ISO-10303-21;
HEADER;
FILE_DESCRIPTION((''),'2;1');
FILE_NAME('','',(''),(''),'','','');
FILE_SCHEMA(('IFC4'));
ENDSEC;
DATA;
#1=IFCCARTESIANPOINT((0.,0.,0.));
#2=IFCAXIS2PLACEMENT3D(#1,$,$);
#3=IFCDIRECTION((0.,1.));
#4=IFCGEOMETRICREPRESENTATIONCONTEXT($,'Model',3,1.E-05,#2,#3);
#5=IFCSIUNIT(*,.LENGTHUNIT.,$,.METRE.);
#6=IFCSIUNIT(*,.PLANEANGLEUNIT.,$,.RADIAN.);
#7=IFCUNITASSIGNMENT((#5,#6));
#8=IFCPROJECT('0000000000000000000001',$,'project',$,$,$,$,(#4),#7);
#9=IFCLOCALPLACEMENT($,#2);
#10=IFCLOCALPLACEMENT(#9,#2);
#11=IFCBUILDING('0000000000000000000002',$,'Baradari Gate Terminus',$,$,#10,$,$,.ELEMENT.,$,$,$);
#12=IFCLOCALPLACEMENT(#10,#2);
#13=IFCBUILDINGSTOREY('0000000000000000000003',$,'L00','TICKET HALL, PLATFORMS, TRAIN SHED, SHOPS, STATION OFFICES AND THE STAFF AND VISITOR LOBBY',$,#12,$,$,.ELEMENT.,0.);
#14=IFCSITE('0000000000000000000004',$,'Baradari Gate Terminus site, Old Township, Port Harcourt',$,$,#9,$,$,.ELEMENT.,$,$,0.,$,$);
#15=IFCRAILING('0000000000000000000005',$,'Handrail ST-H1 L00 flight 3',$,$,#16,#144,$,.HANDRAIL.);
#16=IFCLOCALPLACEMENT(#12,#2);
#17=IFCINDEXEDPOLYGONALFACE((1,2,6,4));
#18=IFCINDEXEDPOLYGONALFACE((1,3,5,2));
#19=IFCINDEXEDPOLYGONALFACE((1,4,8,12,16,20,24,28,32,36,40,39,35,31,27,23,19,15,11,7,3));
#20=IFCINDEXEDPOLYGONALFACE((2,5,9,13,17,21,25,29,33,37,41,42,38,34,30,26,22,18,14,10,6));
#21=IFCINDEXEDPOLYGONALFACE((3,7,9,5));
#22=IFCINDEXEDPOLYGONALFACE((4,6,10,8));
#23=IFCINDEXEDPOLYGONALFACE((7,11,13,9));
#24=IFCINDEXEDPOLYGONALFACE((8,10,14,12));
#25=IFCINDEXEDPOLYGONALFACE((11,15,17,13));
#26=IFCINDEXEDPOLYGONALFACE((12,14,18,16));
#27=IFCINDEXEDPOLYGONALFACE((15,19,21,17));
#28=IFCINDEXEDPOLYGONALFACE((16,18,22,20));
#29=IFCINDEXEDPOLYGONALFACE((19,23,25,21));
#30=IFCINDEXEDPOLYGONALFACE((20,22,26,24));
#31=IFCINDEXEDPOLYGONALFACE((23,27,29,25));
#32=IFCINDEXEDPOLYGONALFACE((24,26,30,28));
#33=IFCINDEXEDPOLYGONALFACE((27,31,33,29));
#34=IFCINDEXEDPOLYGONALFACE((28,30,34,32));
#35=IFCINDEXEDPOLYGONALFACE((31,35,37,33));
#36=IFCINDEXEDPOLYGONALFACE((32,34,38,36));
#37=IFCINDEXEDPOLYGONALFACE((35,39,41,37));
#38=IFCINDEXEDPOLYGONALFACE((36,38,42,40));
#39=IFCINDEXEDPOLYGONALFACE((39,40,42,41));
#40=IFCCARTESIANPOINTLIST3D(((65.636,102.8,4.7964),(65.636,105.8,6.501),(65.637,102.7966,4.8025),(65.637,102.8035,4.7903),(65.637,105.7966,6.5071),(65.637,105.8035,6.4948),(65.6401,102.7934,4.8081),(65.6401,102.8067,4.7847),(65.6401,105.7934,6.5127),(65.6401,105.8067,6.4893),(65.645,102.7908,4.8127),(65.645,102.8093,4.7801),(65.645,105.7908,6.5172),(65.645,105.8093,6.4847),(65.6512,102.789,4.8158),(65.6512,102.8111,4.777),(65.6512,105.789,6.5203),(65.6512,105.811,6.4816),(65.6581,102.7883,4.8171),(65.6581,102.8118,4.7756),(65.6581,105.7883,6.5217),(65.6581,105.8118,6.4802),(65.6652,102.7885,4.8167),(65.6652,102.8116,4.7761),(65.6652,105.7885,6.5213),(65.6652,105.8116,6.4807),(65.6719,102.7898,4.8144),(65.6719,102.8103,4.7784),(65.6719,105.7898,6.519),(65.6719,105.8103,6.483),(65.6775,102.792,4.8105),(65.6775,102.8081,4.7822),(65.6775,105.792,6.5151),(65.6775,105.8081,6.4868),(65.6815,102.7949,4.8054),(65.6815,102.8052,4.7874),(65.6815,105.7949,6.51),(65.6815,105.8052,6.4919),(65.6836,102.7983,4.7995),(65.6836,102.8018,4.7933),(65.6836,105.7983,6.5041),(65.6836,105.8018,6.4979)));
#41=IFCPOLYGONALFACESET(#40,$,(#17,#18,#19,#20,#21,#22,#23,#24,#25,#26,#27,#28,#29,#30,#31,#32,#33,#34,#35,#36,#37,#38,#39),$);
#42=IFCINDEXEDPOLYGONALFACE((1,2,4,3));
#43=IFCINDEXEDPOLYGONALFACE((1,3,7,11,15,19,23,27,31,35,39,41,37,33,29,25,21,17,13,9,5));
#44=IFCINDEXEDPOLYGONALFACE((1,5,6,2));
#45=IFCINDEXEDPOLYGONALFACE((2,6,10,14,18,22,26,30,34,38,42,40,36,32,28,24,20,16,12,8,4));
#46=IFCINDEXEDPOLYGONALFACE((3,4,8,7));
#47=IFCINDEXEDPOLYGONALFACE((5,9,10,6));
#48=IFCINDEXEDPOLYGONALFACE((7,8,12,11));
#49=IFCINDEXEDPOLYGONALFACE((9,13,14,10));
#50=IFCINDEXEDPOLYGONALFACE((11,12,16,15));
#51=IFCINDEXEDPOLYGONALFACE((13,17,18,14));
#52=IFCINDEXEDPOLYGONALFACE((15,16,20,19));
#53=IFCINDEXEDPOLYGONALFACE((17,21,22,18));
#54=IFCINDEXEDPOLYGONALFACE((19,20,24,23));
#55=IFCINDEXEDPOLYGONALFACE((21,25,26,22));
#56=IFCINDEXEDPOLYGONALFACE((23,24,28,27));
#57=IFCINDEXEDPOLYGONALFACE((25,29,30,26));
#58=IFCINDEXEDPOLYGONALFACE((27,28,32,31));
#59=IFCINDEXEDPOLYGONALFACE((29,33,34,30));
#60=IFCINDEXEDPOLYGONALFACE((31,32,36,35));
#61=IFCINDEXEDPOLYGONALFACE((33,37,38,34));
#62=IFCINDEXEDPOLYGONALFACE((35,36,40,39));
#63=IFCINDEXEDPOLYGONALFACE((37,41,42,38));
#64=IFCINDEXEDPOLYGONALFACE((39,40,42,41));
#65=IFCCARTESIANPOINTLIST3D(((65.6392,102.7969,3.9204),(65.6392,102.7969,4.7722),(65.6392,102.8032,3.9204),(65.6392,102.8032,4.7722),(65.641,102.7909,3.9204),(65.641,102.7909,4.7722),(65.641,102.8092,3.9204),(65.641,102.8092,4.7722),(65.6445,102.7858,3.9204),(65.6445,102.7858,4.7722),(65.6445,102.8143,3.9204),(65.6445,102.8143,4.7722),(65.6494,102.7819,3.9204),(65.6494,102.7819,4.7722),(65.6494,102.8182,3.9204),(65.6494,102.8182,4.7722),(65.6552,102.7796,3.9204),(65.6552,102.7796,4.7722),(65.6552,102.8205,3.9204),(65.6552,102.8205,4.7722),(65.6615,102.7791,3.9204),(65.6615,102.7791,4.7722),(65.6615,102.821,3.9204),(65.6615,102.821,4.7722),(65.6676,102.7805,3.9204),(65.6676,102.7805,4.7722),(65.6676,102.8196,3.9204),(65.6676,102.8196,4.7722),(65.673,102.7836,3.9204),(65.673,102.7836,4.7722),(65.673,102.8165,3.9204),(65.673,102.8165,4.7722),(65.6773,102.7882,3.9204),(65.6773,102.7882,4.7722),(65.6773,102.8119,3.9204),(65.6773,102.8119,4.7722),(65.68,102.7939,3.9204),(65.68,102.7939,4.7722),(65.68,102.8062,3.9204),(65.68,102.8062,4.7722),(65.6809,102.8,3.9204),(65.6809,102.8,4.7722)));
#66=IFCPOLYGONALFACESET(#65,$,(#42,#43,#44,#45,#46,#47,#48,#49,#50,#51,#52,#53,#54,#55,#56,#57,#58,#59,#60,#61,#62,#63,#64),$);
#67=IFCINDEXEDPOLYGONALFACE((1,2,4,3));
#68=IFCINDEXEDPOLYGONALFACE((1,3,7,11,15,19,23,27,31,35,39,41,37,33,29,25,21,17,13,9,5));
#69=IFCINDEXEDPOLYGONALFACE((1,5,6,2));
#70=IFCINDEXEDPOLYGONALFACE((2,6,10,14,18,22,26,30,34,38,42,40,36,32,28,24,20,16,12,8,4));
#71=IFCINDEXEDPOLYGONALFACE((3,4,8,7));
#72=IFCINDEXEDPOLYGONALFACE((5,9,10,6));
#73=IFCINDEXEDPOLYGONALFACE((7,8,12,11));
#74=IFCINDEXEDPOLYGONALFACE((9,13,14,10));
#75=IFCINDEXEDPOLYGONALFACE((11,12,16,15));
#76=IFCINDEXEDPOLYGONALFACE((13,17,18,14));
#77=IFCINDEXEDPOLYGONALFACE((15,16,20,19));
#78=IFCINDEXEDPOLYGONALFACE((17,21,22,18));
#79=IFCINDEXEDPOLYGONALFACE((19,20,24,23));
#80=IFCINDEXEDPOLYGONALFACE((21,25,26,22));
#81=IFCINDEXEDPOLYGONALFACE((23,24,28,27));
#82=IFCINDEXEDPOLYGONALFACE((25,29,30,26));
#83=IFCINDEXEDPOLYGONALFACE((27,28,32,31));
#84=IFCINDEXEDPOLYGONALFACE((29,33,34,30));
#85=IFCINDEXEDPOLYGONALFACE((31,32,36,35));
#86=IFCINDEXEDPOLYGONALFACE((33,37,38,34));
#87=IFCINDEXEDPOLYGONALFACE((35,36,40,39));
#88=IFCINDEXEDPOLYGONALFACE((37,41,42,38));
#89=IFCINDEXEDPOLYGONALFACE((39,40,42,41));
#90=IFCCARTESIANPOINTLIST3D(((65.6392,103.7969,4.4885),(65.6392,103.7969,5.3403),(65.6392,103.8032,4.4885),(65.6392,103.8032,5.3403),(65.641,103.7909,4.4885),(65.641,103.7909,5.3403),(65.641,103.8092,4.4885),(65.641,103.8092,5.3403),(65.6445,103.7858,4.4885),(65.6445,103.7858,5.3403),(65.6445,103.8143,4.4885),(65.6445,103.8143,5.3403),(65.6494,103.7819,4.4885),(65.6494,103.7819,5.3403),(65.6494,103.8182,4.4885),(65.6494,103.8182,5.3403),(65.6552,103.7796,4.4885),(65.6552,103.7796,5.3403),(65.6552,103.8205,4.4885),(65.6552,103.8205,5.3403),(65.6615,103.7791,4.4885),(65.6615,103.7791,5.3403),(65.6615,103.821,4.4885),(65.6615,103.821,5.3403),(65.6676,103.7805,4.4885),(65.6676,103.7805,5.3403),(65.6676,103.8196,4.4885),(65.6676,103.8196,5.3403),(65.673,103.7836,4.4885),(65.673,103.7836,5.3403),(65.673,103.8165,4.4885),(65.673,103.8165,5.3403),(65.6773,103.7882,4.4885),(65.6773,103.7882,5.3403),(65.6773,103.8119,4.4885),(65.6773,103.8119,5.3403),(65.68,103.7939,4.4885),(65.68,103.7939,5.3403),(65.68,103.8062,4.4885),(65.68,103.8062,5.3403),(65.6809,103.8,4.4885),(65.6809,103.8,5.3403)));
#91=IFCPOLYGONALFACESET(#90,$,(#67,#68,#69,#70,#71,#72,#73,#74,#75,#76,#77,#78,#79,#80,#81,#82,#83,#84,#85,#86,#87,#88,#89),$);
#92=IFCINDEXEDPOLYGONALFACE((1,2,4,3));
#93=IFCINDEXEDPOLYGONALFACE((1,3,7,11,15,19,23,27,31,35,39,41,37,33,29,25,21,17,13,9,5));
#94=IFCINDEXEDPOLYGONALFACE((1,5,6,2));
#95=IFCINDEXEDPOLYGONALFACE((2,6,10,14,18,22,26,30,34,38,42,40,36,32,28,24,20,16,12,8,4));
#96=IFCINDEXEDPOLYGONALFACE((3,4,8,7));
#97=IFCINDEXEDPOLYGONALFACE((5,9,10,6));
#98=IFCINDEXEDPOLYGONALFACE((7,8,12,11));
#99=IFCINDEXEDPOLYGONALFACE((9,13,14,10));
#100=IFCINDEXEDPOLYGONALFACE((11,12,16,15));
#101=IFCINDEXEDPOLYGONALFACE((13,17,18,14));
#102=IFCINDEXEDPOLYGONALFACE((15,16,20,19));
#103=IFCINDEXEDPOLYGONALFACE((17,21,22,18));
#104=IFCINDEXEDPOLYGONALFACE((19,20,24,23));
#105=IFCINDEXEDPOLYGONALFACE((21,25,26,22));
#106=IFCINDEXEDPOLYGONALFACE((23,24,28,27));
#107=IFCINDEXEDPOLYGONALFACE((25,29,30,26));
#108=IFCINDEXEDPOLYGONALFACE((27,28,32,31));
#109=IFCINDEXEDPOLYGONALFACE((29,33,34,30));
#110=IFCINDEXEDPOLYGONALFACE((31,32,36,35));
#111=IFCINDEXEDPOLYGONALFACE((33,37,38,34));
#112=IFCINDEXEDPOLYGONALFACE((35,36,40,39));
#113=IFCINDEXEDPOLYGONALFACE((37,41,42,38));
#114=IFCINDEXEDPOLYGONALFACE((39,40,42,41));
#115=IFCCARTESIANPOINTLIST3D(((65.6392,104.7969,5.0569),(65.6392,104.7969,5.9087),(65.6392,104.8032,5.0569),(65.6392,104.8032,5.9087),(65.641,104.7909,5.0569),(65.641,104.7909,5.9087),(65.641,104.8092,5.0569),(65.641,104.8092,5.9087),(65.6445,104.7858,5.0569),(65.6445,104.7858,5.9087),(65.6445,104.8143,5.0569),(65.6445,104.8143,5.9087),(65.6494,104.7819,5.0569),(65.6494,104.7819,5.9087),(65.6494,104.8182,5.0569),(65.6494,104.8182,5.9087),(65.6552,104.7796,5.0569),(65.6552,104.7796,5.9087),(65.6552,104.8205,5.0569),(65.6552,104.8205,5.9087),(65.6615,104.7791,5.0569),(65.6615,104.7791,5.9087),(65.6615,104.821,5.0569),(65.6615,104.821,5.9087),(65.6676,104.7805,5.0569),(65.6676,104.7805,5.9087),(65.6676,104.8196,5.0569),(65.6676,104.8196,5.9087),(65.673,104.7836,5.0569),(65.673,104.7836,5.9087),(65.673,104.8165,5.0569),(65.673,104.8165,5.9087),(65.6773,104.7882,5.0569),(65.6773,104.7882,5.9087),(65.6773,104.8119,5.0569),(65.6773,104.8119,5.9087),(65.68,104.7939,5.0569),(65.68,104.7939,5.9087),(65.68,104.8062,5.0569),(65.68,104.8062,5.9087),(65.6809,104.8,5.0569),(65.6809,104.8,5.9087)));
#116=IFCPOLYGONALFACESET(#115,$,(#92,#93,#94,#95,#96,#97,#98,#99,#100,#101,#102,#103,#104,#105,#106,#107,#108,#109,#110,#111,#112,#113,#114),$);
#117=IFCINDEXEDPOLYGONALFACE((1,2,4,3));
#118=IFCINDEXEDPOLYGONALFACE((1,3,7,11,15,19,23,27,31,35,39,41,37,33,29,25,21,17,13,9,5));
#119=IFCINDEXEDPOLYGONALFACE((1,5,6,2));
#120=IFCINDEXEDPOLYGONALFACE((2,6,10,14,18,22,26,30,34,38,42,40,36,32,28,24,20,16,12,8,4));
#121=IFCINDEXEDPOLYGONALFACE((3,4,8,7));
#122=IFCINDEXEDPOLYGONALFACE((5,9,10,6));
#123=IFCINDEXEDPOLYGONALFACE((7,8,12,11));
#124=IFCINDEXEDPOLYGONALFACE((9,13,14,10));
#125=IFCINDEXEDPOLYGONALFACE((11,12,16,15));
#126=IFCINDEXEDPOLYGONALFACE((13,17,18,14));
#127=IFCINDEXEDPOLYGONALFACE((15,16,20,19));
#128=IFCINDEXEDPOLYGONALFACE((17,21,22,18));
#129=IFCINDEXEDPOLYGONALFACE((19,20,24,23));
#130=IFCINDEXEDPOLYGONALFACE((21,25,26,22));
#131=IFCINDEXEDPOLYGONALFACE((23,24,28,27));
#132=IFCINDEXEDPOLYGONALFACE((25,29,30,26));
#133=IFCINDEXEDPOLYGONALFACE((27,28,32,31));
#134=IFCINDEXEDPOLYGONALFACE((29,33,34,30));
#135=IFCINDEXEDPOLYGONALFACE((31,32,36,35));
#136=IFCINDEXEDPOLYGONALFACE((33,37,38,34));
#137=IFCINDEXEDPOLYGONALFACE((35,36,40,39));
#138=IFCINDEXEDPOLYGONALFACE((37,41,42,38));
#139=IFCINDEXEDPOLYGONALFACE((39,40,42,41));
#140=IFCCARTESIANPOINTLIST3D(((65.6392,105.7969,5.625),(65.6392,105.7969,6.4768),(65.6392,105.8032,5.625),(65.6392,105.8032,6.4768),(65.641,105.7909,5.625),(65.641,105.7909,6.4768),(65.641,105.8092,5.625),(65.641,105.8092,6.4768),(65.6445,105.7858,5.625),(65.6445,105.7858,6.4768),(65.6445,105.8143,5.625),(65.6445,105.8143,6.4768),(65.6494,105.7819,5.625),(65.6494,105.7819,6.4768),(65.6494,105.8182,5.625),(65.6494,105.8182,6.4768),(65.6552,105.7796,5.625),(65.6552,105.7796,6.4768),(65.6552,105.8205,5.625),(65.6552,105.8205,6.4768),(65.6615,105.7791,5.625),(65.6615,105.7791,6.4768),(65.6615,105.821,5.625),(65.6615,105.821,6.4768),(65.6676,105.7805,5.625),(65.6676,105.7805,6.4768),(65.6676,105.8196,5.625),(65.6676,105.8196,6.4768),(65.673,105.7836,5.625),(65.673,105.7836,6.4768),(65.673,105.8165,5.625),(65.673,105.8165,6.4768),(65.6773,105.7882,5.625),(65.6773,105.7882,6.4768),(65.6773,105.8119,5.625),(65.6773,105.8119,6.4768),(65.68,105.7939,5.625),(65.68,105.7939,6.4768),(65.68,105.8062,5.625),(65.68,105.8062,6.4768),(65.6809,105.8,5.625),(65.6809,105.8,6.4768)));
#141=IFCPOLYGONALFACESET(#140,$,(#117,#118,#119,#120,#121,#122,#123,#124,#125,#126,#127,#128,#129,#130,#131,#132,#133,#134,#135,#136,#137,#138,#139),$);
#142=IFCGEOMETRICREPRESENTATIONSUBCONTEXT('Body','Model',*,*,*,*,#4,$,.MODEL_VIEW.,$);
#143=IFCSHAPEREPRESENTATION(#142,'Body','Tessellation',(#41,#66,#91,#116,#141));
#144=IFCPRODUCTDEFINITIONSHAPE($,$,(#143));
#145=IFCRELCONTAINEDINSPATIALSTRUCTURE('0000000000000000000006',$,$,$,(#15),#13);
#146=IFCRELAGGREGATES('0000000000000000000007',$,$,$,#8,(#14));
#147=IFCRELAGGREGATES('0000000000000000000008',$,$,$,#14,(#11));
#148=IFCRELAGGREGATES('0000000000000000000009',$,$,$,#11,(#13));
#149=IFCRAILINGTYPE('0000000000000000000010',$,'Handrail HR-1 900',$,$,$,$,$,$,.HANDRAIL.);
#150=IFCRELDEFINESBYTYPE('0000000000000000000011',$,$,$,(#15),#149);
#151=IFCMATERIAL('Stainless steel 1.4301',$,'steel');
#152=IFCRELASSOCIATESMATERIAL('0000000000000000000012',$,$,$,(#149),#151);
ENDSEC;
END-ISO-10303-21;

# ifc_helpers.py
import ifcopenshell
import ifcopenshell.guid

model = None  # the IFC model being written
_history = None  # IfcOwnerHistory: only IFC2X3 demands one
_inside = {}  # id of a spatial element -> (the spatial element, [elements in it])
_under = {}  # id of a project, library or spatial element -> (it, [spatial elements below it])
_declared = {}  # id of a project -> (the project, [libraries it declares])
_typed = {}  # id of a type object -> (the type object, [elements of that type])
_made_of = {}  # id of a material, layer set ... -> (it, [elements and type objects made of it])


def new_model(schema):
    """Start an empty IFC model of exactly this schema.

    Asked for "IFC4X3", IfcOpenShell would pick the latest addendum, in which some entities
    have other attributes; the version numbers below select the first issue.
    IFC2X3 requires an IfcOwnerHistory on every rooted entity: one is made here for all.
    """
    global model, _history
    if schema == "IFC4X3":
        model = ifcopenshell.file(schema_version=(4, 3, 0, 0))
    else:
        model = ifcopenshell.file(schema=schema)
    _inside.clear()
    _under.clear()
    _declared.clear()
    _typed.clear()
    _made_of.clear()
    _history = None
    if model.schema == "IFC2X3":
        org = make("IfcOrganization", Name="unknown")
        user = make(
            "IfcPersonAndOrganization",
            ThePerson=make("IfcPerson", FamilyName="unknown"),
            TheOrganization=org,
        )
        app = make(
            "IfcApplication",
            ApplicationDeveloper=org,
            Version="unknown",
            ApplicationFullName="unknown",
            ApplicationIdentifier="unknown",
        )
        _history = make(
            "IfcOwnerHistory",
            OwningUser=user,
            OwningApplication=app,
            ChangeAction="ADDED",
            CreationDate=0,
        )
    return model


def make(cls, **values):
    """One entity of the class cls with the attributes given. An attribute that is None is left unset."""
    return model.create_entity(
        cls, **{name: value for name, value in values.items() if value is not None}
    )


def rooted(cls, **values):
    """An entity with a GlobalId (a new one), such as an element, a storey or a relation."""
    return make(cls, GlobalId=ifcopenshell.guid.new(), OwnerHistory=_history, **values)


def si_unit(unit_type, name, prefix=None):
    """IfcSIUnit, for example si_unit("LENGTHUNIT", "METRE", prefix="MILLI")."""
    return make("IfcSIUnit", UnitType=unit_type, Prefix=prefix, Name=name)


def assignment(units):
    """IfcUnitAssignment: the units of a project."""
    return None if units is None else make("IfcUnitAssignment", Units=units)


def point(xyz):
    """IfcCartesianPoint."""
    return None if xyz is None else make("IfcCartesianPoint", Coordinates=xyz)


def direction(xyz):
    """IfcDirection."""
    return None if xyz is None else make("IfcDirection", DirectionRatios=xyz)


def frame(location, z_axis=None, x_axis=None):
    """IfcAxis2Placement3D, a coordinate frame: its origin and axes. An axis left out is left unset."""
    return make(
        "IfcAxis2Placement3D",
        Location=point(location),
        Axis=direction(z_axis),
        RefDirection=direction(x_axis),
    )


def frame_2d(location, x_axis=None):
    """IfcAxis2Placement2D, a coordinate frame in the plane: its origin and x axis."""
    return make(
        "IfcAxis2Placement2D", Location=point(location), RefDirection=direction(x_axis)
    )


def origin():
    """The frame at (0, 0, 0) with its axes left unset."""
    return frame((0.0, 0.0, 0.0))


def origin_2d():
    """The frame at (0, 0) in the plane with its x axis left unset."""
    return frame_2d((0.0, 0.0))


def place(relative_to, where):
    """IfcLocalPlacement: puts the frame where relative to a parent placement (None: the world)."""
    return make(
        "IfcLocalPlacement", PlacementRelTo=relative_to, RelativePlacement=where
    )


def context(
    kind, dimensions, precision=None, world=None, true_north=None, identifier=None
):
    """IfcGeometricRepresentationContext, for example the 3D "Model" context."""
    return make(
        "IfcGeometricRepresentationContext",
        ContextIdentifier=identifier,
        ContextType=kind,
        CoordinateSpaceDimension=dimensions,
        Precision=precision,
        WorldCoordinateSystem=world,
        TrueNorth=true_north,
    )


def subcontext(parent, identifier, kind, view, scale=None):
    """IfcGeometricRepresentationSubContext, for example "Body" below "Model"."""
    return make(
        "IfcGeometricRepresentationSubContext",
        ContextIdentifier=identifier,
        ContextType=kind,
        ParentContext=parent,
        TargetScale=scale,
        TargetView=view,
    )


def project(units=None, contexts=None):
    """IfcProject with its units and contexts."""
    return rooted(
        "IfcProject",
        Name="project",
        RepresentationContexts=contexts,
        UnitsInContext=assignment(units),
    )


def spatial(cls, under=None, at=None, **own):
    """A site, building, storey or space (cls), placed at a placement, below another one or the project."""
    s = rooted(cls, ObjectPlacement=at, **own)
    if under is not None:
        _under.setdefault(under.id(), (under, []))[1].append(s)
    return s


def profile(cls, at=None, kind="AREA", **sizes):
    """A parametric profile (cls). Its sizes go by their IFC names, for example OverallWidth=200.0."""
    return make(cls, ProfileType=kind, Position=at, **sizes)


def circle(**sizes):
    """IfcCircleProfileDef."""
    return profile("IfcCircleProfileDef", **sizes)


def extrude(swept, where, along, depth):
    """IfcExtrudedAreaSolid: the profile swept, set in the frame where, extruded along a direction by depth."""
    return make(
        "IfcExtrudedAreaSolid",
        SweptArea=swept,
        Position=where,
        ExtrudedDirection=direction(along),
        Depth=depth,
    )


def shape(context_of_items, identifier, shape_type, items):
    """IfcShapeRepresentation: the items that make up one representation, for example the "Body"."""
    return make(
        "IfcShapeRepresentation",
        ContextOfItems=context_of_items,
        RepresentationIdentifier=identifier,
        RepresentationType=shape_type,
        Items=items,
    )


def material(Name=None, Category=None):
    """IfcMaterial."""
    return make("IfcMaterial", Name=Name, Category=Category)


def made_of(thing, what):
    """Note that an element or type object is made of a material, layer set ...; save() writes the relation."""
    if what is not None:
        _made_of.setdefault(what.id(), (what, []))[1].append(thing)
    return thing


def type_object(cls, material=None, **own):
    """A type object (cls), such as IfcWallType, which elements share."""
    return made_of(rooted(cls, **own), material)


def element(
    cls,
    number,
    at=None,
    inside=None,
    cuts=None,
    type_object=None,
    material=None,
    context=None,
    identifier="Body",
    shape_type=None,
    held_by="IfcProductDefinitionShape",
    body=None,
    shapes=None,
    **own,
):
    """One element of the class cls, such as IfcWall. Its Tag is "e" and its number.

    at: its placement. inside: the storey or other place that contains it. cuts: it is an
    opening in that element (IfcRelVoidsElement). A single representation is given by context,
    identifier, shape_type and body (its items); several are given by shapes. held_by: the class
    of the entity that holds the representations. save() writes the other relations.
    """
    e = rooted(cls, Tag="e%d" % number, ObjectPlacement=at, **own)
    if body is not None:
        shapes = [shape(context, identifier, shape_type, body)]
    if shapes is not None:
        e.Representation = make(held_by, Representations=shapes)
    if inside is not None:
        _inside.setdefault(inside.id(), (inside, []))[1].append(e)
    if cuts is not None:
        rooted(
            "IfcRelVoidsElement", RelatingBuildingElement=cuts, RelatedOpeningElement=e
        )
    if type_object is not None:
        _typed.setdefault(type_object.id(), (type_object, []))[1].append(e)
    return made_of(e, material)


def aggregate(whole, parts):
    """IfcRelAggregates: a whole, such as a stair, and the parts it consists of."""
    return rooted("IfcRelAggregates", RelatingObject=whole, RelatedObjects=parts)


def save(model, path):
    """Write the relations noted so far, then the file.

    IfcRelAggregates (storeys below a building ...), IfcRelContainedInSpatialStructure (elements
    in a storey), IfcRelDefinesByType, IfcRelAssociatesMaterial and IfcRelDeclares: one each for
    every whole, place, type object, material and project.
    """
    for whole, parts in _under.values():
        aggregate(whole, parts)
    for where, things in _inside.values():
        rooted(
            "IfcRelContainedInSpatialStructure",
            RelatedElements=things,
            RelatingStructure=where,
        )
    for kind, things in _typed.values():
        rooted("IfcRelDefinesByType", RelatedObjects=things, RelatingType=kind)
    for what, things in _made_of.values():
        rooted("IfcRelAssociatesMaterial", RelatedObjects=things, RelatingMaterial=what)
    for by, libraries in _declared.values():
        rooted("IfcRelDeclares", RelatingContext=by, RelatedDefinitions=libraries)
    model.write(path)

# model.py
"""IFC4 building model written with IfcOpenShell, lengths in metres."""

from ifc_helpers import new_model, si_unit, direction, frame, origin, origin_2d, place, context, subcontext, project, spatial, circle, extrude, material, type_object, element, save


model = new_model("IFC4")

# Units and contexts
model_context = context("Model", 3, precision=1e-05, world=origin(), true_north=direction((0.0, 1.0)))
body_context = subcontext(model_context, "Body", "Model", "MODEL_VIEW")
ifc_project = project(units=[si_unit("LENGTHUNIT", "METRE"), si_unit("PLANEANGLEUNIT", "RADIAN")], contexts=[model_context])

# Site, building, storey
site_placement = place(None, origin())
site = spatial("IfcSite", under=ifc_project, at=site_placement, Name="Baradari Gate Terminus site, Old Township, Port Harcourt", CompositionType="ELEMENT", RefElevation=0.0)
building_placement = place(site_placement, origin())
building = spatial("IfcBuilding", under=site, at=building_placement, Name="Baradari Gate Terminus", CompositionType="ELEMENT")
storey_placement = place(building_placement, origin())
storey = spatial("IfcBuildingStorey", under=building, at=storey_placement, Name="L00", Description="TICKET HALL, PLATFORMS, TRAIN SHED, SHOPS, STATION OFFICES AND THE STAFF AND VISITOR LOBBY", CompositionType="ELEMENT", Elevation=0.0)

# Railing
ifc_material_1 = material(Name="Stainless steel 1.4301", Category="steel")
railing_type_1 = type_object("IfcRailingType", Name="Handrail HR-1 900", PredefinedType="HANDRAIL", material=ifc_material_1)
for number, where, name in (
    (1, (65.6599, 102.8, 3.9204), "Handrail ST-H1 L00 flight 3"),
):
    element("IfcRailing", number, at=place(storey_placement, frame(where)), inside=storey, type_object=railing_type_1, Name=name, PredefinedType="HANDRAIL", context=body_context, shape_type="SweptSolid", body=[
        extrude(circle(Radius=0.0239, at=origin_2d()), frame((0.0, 0.0, 0.876), z_axis=(0.0, 0.869451, 0.494019), x_axis=(-1.0, 0.0, 0.0)), (0.0, 0.0, 1.0), 3.4504),
        extrude(circle(Radius=0.021, at=origin_2d()), origin(), (0.0, 0.0, 1.0), 0.8518),
        extrude(circle(Radius=0.021, at=origin_2d()), frame((0.0, 1.0, 0.5681)), (0.0, 0.0, 1.0), 0.8518),
        extrude(circle(Radius=0.021, at=origin_2d()), frame((0.0, 2.0, 1.1365)), (0.0, 0.0, 1.0), 0.8518),
        extrude(circle(Radius=0.021, at=origin_2d()), frame((0.0, 3.0, 1.7046)), (0.0, 0.0, 1.0), 0.8518),
    ])

save(model, "model.ifc")
